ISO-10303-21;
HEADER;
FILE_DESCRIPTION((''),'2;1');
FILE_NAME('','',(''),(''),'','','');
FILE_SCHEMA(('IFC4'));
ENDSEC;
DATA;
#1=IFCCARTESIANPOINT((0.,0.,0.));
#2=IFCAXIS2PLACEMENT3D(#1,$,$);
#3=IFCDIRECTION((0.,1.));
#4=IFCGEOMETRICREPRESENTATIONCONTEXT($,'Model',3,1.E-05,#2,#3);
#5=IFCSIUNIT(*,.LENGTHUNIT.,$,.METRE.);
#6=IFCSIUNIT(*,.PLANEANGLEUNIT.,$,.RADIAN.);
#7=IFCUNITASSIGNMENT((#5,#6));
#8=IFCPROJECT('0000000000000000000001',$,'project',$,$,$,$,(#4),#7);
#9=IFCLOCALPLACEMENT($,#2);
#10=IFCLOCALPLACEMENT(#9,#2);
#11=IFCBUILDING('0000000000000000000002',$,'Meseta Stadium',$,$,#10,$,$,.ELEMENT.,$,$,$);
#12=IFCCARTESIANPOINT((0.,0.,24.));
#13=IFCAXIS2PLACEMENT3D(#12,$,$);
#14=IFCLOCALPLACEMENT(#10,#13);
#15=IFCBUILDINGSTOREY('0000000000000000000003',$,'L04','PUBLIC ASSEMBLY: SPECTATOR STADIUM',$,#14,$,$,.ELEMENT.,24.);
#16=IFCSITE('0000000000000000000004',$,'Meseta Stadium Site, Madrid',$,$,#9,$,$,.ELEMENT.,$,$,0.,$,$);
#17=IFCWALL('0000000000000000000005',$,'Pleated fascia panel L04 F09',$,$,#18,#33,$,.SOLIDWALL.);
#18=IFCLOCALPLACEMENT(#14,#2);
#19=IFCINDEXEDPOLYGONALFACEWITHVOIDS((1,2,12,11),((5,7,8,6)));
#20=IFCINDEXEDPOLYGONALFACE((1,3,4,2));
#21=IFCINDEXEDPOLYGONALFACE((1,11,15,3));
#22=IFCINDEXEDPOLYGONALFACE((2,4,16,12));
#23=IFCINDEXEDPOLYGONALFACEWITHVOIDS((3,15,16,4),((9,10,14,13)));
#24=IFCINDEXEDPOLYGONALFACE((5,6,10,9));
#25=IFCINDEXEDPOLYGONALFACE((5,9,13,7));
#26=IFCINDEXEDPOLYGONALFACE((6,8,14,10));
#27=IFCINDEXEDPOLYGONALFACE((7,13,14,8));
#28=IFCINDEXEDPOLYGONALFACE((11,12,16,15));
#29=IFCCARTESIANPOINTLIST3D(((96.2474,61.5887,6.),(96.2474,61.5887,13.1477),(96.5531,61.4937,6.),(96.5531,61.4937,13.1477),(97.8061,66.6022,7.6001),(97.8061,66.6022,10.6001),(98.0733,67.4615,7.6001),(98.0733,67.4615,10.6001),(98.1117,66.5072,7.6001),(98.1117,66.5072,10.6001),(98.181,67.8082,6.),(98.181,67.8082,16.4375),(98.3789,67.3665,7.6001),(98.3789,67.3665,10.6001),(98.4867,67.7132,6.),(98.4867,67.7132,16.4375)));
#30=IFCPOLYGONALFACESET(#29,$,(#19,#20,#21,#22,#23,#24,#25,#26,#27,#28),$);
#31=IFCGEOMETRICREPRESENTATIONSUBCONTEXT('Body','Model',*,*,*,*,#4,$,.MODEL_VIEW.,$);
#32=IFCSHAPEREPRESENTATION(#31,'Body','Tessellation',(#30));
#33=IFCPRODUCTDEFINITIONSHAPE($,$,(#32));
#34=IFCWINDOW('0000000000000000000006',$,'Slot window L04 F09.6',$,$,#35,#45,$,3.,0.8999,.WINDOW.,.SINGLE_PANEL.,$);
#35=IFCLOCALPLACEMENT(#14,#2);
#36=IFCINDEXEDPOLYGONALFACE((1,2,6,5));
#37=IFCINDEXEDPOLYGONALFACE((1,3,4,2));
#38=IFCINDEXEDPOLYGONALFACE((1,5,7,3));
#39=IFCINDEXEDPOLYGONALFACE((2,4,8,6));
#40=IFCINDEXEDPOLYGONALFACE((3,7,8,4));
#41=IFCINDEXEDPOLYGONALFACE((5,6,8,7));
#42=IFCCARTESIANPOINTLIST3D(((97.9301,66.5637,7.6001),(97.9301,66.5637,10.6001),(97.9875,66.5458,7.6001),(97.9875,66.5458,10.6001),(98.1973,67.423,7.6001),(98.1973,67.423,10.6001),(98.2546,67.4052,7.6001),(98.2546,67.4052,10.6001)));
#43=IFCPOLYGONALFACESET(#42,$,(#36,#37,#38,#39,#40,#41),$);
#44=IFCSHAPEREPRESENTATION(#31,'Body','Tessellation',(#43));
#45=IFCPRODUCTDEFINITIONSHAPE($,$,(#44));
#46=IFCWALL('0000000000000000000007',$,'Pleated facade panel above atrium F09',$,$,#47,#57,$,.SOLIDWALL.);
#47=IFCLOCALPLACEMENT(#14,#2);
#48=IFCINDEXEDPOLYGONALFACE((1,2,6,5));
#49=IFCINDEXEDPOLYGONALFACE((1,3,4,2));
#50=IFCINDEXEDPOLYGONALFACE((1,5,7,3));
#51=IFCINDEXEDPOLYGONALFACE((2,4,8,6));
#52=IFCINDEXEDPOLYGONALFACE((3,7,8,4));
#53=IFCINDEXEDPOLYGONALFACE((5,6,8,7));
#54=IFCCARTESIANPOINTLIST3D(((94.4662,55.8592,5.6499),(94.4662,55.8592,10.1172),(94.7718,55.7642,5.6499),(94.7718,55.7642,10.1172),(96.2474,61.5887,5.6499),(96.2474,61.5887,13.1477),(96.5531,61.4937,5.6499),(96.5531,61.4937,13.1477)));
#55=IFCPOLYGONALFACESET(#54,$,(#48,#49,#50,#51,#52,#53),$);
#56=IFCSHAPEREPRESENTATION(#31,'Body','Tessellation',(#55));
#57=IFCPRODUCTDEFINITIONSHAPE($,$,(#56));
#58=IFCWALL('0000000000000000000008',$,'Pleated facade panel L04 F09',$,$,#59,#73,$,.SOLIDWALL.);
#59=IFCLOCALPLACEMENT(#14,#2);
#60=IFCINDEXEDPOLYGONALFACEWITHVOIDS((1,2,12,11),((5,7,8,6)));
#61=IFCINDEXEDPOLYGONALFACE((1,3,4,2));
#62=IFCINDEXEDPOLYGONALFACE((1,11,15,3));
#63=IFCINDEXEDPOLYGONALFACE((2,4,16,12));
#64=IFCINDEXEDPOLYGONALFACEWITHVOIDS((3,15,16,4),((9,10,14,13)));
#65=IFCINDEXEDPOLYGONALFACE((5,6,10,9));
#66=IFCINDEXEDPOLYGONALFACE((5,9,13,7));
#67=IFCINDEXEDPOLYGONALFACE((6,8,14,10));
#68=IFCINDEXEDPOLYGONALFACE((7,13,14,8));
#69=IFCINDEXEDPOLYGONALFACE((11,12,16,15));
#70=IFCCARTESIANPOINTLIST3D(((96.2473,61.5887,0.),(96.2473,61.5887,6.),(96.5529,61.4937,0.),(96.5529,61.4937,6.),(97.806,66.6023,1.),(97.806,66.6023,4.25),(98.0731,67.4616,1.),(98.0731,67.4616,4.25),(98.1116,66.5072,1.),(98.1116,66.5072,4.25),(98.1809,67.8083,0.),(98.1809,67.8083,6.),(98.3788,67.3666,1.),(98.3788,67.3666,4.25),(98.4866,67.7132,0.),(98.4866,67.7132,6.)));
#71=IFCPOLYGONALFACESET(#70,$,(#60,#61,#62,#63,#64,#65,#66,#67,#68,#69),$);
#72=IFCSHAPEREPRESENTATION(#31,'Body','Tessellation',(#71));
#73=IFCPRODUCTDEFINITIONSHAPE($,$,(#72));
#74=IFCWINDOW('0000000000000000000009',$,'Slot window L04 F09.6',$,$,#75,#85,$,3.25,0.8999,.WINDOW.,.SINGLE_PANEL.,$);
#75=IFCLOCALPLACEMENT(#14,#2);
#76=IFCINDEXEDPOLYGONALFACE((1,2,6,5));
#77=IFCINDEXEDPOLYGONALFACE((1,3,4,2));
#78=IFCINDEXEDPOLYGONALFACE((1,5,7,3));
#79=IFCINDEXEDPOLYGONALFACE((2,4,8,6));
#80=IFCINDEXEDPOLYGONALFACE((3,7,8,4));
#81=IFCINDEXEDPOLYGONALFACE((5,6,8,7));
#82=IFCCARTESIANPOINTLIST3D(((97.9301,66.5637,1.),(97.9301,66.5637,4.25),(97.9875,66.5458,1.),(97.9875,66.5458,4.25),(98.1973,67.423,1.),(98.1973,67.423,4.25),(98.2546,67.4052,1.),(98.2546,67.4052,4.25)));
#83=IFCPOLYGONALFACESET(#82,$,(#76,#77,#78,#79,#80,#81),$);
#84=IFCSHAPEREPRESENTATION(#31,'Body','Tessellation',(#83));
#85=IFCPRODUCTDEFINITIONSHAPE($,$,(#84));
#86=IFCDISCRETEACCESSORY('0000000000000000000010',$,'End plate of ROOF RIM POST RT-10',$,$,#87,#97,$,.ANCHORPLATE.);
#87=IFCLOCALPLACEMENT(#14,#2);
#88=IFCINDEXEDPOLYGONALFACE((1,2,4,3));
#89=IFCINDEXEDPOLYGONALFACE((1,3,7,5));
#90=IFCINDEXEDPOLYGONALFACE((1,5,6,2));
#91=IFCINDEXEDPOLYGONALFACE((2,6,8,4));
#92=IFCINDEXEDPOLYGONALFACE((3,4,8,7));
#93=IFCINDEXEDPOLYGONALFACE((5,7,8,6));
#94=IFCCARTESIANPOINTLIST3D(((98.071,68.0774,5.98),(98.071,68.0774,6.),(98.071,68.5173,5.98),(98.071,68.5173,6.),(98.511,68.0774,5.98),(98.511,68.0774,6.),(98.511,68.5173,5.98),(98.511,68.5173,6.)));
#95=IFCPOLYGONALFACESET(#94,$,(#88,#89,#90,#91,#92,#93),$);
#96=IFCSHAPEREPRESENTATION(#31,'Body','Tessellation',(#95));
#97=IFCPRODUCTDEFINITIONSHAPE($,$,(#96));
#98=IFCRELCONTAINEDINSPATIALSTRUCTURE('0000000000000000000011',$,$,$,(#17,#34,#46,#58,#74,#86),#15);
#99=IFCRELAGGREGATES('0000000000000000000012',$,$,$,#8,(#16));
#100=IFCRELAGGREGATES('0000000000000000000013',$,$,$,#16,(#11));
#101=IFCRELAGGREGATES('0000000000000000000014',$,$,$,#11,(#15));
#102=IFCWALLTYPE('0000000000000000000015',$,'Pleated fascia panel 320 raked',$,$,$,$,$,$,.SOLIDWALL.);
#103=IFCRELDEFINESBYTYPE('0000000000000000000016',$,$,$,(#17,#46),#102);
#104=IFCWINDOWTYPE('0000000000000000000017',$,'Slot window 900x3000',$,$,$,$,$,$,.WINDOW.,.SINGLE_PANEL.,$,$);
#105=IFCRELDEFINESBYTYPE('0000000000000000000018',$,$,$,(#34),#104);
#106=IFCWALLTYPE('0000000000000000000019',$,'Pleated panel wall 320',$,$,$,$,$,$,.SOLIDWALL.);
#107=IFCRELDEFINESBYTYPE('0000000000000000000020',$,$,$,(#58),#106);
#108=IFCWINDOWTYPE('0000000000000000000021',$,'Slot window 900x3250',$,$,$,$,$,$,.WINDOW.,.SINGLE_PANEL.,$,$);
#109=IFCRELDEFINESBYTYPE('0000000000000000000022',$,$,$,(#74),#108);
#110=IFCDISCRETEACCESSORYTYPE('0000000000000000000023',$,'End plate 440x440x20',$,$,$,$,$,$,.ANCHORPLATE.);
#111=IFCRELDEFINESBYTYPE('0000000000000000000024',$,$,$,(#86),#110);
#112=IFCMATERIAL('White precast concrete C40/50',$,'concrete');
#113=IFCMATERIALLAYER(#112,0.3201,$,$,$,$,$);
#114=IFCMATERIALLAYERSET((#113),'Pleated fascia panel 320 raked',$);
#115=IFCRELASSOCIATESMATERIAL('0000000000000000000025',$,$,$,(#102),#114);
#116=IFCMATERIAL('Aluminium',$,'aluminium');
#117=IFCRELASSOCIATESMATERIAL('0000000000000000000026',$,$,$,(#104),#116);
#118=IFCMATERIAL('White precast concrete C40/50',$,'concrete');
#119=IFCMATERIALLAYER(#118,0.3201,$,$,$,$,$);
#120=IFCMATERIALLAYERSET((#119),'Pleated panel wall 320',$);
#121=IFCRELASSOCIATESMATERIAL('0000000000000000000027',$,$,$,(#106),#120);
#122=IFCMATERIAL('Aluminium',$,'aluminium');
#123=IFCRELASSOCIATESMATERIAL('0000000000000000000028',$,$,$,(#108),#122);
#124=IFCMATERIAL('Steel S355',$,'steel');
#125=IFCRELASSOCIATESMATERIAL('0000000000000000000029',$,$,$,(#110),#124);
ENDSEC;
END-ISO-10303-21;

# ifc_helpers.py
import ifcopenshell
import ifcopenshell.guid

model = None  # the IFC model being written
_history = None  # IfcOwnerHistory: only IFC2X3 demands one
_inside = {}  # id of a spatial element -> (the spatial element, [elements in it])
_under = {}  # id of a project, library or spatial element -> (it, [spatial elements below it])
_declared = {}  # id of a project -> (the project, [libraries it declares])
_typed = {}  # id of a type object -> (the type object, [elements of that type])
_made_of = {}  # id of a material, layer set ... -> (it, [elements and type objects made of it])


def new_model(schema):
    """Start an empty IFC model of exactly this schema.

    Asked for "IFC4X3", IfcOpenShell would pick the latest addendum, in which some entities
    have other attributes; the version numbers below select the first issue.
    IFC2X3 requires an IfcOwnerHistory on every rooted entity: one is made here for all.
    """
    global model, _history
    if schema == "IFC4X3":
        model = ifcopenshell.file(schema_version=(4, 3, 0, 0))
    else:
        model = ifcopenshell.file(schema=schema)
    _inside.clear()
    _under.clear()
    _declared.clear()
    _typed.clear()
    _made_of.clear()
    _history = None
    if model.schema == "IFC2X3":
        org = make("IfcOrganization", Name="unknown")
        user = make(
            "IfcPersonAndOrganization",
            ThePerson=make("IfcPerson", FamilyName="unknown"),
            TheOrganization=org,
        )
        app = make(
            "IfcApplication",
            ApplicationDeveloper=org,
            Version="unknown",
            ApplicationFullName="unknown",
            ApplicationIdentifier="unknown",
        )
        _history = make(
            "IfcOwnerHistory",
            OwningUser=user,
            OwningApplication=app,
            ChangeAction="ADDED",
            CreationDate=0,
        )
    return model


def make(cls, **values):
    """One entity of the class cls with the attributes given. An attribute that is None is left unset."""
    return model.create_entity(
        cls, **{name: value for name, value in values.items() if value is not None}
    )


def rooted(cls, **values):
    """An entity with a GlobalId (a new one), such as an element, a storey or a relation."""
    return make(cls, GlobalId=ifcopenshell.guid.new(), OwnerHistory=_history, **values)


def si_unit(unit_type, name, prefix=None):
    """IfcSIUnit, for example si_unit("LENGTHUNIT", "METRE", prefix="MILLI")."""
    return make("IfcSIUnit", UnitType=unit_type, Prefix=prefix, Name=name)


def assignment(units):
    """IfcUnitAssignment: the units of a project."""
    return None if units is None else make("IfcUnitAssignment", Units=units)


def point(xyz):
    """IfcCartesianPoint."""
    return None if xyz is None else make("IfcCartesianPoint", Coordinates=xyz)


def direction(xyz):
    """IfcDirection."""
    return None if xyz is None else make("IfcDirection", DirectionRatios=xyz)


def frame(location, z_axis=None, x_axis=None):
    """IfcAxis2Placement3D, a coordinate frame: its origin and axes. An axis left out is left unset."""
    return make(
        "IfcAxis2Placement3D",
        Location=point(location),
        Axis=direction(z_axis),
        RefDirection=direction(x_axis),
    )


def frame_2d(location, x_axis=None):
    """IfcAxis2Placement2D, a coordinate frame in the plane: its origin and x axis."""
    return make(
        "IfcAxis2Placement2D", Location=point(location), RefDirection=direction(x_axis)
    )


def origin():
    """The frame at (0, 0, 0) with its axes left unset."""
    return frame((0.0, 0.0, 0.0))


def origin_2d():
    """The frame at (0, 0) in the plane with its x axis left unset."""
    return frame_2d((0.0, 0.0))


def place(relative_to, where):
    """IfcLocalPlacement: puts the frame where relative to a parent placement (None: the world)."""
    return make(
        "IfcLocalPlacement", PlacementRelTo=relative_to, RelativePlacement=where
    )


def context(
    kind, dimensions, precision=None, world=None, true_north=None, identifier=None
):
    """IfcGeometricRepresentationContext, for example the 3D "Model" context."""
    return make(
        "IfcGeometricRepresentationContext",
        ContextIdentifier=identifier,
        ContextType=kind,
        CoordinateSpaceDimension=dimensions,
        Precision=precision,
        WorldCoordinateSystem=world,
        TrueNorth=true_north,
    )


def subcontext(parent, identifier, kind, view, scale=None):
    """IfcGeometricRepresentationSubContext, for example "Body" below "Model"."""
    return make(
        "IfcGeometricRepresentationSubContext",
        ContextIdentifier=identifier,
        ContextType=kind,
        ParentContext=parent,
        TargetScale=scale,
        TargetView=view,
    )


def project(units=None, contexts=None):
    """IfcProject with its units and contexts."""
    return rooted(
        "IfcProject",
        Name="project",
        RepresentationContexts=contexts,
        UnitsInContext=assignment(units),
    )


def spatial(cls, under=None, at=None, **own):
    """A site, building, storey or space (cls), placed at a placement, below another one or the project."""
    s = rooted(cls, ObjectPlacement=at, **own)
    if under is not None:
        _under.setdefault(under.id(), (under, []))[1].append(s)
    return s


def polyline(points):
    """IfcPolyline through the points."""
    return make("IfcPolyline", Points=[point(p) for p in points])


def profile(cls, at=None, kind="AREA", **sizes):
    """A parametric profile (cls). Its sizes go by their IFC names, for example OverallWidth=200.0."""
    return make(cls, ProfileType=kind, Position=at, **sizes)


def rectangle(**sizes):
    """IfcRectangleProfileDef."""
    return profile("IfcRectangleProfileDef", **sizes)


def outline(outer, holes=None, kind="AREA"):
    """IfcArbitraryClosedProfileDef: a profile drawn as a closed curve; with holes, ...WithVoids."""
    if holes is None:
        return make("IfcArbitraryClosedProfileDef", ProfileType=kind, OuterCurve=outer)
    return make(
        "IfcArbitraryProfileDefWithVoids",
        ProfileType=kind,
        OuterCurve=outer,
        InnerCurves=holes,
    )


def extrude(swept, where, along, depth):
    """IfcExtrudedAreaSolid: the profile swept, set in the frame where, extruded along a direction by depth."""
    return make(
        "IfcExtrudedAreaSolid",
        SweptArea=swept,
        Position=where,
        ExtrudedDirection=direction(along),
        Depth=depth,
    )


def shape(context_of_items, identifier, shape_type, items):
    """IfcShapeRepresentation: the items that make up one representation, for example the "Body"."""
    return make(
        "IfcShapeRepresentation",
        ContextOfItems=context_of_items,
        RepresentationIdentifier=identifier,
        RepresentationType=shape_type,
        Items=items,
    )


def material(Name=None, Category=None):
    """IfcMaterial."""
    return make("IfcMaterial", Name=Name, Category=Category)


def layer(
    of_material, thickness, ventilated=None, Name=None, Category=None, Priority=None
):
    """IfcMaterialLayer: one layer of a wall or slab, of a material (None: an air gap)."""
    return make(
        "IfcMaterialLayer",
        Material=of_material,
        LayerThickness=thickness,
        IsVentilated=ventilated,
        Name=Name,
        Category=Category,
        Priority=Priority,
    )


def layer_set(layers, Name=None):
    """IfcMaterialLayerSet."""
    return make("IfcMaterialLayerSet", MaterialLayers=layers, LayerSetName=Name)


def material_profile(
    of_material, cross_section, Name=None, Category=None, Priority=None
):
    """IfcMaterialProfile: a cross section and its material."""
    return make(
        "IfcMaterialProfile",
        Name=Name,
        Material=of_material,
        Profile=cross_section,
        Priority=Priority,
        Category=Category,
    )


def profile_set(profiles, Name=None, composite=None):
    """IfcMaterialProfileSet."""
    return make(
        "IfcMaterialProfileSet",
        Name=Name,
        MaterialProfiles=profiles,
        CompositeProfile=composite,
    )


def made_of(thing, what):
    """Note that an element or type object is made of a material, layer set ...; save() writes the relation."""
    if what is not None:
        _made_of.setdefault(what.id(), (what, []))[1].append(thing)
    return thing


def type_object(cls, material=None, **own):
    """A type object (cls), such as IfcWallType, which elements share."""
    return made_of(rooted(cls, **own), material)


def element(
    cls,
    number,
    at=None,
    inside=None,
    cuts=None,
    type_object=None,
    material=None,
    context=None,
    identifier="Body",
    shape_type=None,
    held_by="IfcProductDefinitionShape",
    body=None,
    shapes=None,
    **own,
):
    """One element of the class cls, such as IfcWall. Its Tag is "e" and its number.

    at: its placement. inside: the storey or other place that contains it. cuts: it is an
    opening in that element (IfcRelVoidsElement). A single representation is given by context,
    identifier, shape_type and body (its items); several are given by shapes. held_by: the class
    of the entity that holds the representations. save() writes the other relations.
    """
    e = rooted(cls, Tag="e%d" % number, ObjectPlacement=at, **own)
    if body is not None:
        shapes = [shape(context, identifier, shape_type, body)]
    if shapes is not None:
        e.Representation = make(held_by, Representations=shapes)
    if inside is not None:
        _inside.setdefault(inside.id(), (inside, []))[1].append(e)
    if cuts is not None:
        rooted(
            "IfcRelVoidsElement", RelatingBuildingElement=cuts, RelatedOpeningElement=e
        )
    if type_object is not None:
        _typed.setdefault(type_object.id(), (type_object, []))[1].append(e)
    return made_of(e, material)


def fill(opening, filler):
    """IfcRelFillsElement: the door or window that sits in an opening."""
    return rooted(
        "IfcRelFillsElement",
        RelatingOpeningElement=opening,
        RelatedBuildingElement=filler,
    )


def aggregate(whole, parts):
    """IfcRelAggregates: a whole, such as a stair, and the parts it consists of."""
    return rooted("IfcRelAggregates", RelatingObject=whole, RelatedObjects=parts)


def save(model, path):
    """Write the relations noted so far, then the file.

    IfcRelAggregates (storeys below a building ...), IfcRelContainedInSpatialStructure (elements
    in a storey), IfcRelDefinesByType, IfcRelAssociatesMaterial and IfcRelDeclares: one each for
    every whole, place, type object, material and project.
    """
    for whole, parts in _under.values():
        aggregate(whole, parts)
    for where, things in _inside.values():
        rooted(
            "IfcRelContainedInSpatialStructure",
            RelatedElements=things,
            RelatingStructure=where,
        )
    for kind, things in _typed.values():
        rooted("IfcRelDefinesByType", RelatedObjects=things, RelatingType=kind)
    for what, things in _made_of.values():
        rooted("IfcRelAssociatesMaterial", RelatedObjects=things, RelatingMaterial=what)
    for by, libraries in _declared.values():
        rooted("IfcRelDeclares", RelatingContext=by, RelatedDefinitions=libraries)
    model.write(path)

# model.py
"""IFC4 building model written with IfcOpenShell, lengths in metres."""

from ifc_helpers import new_model, si_unit, direction, frame, frame_2d, origin, origin_2d, place, context, subcontext, project, spatial, polyline, rectangle, outline, extrude, material, layer, layer_set, material_profile, profile_set, type_object, element, fill, save


model = new_model("IFC4")

# Units and contexts
model_context = context("Model", 3, precision=1e-05, world=origin(), true_north=direction((0.0, 1.0)))
body_context = subcontext(model_context, "Body", "Model", "MODEL_VIEW")
ifc_project = project(units=[si_unit("LENGTHUNIT", "METRE"), si_unit("PLANEANGLEUNIT", "RADIAN")], contexts=[model_context])

# Site, building, storey
site_placement = place(None, origin())
site = spatial("IfcSite", under=ifc_project, at=site_placement, Name="Meseta Stadium Site, Madrid", CompositionType="ELEMENT", RefElevation=0.0)
building_placement = place(site_placement, origin())
building = spatial("IfcBuilding", under=site, at=building_placement, Name="Meseta Stadium", CompositionType="ELEMENT")
storey_placement = place(building_placement, frame((0.0, 0.0, 24.0)))
storey = spatial("IfcBuildingStorey", under=building, at=storey_placement, Name="L04", Description="PUBLIC ASSEMBLY: SPECTATOR STADIUM", CompositionType="ELEMENT", Elevation=24.0)

# Wall, opening, window
ifc_material_1 = material(Name="White precast concrete C40/50", Category="concrete")
ifc_layer_1 = layer(ifc_material_1, 0.3201)
ifc_layer_set_1 = layer_set([ifc_layer_1], Name="Pleated fascia panel 320 raked")
wall_type_1 = type_object("IfcWallType", Name="Pleated fascia panel 320 raked", PredefinedType="SOLIDWALL", material=ifc_layer_set_1)
wall_1_placement = place(storey_placement, frame((98.3337, 67.7607, 6.0), z_axis=(0.0, 0.0, 1.0), x_axis=(-0.296877, -0.954916, 0.0)))
wall_1 = element("IfcWall", 1, at=wall_1_placement, inside=storey, type_object=wall_type_1, Name="Pleated fascia panel L04 F09", PredefinedType="SOLIDWALL", context=body_context, shape_type="SweptSolid", body=[
    extrude(outline(polyline([(0.0, 0.0), (6.5132, 0.0), (6.5132, 7.1477), (0.0, 10.4375), (0.0, 0.0)])), frame((0.0, 0.1602, 0.0), z_axis=(0.0, -1.0, 0.0), x_axis=(1.0, 0.0, 0.0)), (0.0, 0.0, 1.0), 0.3201),
])
opening_1_placement = place(wall_1_placement, frame((0.363, 0.0, 1.6001)))
opening_1 = element("IfcOpeningElement", 2, at=opening_1_placement, cuts=wall_1, PredefinedType="OPENING", context=body_context, shape_type="SweptSolid", body=[
    extrude(rectangle(XDim=0.8999, YDim=3.0, at=frame_2d((0.45, 1.5))), frame((0.0, 0.1699, 0.0), z_axis=(0.0, -1.0, 0.0), x_axis=(1.0, 0.0, 0.0)), (0.0, 0.0, 1.0), 0.3401),
])
ifc_material_2 = material(Name="Aluminium", Category="aluminium")
window_type_1 = type_object("IfcWindowType", Name="Slot window 900x3000", PartitioningType="SINGLE_PANEL", PredefinedType="WINDOW", material=ifc_material_2)
window_1_placement = place(opening_1_placement, origin())
window_1 = element("IfcWindow", 3, at=window_1_placement, inside=storey, type_object=window_type_1, Name="Slot window L04 F09.6", OverallHeight=3.0, OverallWidth=0.8999, PartitioningType="SINGLE_PANEL", PredefinedType="WINDOW", context=body_context, shape_type="SweptSolid", body=[
    extrude(rectangle(XDim=0.8999, YDim=3.0, at=frame_2d((0.45, 1.5))), frame((0.0, 0.03, 0.0), z_axis=(0.0, -1.0, 0.0), x_axis=(1.0, 0.0, 0.0)), (0.0, 0.0, 1.0), 0.0601),
])
fill(opening_1, window_1)

# Wall
wall_2_placement = place(storey_placement, frame((96.4001, 61.5413, 5.6499), z_axis=(0.0, 0.0, 1.0), x_axis=(-0.296875, -0.954916, 0.0)))
element("IfcWall", 4, at=wall_2_placement, inside=storey, type_object=wall_type_1, Name="Pleated facade panel above atrium F09", PredefinedType="SOLIDWALL", context=body_context, shape_type="SweptSolid", body=[
    extrude(outline(polyline([(0.0, 0.0), (6.0, 0.0), (6.0, 4.4673), (0.0, 7.4978), (0.0, 0.0)])), frame((0.0, 0.1602, 0.0), z_axis=(0.0, -1.0, 0.0), x_axis=(1.0, 0.0, 0.0)), (0.0, 0.0, 1.0), 0.3201),
])

# Wall, opening, window
ifc_material_3 = material(Name="White precast concrete C40/50", Category="concrete")
ifc_layer_2 = layer(ifc_material_3, 0.3201)
ifc_layer_set_2 = layer_set([ifc_layer_2], Name="Pleated panel wall 320")
wall_type_2 = type_object("IfcWallType", Name="Pleated panel wall 320", PredefinedType="SOLIDWALL", material=ifc_layer_set_2)
wall_3_placement = place(storey_placement, frame((98.3337, 67.7607, 0.0), z_axis=(0.0, 0.0, 1.0), x_axis=(-0.296877, -0.954916, 0.0)))
wall_3 = element("IfcWall", 5, at=wall_3_placement, inside=storey, type_object=wall_type_2, Name="Pleated facade panel L04 F09", PredefinedType="SOLIDWALL", context=body_context, shape_type="SweptSolid", body=[
    extrude(rectangle(XDim=6.5132, YDim=0.3201, at=frame_2d((3.2566, 0.0))), origin(), (0.0, 0.0, 1.0), 6.0),
])
opening_2_placement = place(wall_3_placement, frame((0.363, 0.0, 1.0)))
opening_2 = element("IfcOpeningElement", 6, at=opening_2_placement, cuts=wall_3, PredefinedType="OPENING", context=body_context, shape_type="SweptSolid", body=[
    extrude(rectangle(XDim=0.8999, YDim=3.25, at=frame_2d((0.45, 1.625))), frame((0.0, 0.1699, 0.0), z_axis=(0.0, -1.0, 0.0), x_axis=(1.0, 0.0, 0.0)), (0.0, 0.0, 1.0), 0.3401),
])
ifc_material_4 = material(Name="Aluminium", Category="aluminium")
window_type_2 = type_object("IfcWindowType", Name="Slot window 900x3250", PartitioningType="SINGLE_PANEL", PredefinedType="WINDOW", material=ifc_material_4)
window_2_placement = place(opening_2_placement, origin())
window_2 = element("IfcWindow", 7, at=window_2_placement, inside=storey, type_object=window_type_2, Name="Slot window L04 F09.6", OverallHeight=3.25, OverallWidth=0.8999, PartitioningType="SINGLE_PANEL", PredefinedType="WINDOW", context=body_context, shape_type="SweptSolid", body=[
    extrude(rectangle(XDim=0.8999, YDim=3.25, at=frame_2d((0.45, 1.625))), frame((0.0, 0.03, 0.0), z_axis=(0.0, -1.0, 0.0), x_axis=(1.0, 0.0, 0.0)), (0.0, 0.0, 1.0), 0.0601),
])
fill(opening_2, window_2)

# Discrete accessory
ifc_material_5 = material(Name="Steel S355", Category="steel")
ifc_material_profile_1 = material_profile(ifc_material_5, rectangle(XDim=0.4399, YDim=0.4399, at=origin_2d()), Name="PL 440x440")
ifc_profile_set_1 = profile_set([ifc_material_profile_1], Name="Steel S355")
discrete_accessory_type = type_object("IfcDiscreteAccessoryType", Name="End plate 440x440x20", PredefinedType="ANCHORPLATE", material=ifc_profile_set_1)
discrete_accessory_placement = place(storey_placement, frame((98.291, 68.2974, 5.98), z_axis=(0.0, 0.0, 1.0), x_axis=(1.0, 0.0, 0.0)))
element("IfcDiscreteAccessory", 8, at=discrete_accessory_placement, inside=storey, type_object=discrete_accessory_type, Name="End plate of ROOF RIM POST RT-10", PredefinedType="ANCHORPLATE", context=body_context, shape_type="SweptSolid", body=[
    extrude(rectangle(XDim=0.4399, YDim=0.4399, at=origin_2d()), origin(), (0.0, 0.0, 1.0), 0.02),
])

save(model, "model.ifc")
